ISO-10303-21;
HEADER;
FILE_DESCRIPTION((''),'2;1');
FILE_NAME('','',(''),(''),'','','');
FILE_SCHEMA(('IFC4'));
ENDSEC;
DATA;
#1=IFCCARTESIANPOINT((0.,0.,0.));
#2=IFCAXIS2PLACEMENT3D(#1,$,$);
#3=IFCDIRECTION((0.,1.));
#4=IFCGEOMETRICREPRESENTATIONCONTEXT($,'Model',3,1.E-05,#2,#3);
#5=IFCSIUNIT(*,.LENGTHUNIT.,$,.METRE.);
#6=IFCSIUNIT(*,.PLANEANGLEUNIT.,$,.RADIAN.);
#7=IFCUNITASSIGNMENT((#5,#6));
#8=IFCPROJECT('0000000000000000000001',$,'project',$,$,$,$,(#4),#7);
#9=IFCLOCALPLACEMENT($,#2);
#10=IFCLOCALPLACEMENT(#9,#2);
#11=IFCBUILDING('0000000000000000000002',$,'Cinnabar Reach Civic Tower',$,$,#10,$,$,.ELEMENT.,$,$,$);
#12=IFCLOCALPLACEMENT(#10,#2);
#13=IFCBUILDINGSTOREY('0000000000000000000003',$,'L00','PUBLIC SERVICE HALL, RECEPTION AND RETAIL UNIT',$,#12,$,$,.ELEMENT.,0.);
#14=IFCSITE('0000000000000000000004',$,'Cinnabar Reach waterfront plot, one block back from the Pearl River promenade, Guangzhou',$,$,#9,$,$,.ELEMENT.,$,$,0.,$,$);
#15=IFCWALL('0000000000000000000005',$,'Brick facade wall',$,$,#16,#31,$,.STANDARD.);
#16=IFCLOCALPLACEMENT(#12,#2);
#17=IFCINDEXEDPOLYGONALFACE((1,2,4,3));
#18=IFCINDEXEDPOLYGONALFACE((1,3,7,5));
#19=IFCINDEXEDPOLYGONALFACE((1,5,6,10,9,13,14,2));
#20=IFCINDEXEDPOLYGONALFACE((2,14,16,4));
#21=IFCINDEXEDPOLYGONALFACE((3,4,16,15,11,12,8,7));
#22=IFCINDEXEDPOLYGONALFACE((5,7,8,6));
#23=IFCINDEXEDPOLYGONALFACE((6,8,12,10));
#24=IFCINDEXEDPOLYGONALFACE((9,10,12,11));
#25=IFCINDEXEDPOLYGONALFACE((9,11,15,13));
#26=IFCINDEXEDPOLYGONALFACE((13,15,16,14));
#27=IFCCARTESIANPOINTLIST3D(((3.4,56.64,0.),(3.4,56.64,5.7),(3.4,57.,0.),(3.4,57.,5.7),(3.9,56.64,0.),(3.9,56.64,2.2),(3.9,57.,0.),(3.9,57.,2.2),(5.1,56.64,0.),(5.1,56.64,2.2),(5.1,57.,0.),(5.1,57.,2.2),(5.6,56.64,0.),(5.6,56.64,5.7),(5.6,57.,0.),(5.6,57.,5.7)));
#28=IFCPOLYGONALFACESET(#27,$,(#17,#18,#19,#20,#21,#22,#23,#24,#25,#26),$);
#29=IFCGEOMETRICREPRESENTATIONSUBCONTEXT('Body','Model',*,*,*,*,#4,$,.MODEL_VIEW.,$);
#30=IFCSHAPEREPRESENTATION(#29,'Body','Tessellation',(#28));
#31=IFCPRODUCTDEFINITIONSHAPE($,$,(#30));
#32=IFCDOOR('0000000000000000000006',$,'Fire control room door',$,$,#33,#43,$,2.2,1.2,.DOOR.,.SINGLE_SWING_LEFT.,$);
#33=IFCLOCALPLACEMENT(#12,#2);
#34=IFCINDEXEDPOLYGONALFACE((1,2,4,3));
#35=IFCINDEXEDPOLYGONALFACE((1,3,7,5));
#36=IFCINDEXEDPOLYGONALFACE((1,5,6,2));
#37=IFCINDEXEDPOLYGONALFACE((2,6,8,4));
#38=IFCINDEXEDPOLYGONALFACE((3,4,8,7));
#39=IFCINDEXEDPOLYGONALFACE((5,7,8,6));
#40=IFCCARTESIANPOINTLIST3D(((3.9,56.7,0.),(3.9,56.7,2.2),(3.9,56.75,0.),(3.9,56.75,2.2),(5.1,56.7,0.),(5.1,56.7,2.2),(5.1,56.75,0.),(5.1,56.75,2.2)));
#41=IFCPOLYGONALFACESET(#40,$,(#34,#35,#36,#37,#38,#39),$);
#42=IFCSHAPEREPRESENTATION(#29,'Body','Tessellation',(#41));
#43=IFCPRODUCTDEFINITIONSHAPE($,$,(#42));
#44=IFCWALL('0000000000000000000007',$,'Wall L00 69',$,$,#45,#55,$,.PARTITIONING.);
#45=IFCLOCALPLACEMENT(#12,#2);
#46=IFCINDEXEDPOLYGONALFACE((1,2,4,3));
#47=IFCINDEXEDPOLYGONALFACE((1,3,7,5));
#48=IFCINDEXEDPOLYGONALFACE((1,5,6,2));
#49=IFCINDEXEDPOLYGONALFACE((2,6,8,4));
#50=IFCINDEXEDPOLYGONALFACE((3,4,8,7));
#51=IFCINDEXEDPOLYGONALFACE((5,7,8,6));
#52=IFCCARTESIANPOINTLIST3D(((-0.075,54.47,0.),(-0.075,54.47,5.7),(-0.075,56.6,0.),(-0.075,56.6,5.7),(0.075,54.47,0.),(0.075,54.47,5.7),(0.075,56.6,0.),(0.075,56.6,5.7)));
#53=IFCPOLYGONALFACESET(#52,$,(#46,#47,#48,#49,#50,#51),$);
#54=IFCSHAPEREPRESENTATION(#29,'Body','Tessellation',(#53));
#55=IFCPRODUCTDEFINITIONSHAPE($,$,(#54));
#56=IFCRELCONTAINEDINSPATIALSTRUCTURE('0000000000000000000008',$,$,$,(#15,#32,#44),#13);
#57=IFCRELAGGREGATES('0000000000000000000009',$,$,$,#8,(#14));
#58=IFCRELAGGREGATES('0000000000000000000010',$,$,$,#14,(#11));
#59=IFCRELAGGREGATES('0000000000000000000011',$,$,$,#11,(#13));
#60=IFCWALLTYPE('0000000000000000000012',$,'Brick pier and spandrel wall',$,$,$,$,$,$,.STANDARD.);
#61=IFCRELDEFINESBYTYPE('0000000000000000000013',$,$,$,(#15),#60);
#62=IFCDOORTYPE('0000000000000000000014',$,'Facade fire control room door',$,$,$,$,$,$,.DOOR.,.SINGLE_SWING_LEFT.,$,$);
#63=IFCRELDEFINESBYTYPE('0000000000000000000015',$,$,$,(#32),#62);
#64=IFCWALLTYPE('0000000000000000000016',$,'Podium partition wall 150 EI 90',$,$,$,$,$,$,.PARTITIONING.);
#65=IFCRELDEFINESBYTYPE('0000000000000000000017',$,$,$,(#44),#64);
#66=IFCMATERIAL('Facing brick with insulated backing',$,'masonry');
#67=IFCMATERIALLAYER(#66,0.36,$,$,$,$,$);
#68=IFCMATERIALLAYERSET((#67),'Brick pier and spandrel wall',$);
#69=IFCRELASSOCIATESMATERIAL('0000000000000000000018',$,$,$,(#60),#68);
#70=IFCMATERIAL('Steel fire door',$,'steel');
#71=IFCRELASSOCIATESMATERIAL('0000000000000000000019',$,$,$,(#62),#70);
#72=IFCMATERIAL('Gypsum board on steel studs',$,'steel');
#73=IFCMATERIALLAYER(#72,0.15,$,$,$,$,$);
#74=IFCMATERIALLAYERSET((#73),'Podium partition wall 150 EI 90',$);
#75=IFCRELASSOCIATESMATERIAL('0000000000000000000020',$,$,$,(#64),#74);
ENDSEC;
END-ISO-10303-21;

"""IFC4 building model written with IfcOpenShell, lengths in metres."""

from ifc_helpers import new_model, si_unit, direction, frame, frame_2d, origin, place, context, subcontext, project, spatial, rectangle, extrude, material, layer, layer_set, type_object, element, fill, save


model = new_model("IFC4")

# Units and contexts
model_context = context("Model", 3, precision=1e-05, world=origin(), true_north=direction((0.0, 1.0)))
body_context = subcontext(model_context, "Body", "Model", "MODEL_VIEW")
ifc_project = project(units=[si_unit("LENGTHUNIT", "METRE"), si_unit("PLANEANGLEUNIT", "RADIAN")], contexts=[model_context])

# Site, building, storey
site_placement = place(None, origin())
site = spatial("IfcSite", under=ifc_project, at=site_placement, Name="Cinnabar Reach waterfront plot, one block back from the Pearl River promenade, Guangzhou", CompositionType="ELEMENT", RefElevation=0.0)
building_placement = place(site_placement, origin())
building = spatial("IfcBuilding", under=site, at=building_placement, Name="Cinnabar Reach Civic Tower", CompositionType="ELEMENT")
storey_placement = place(building_placement, origin())
storey = spatial("IfcBuildingStorey", under=building, at=storey_placement, Name="L00", Description="PUBLIC SERVICE HALL, RECEPTION AND RETAIL UNIT", CompositionType="ELEMENT", Elevation=0.0)

# Wall, opening, door
ifc_material_1 = material(Name="Facing brick with insulated backing", Category="masonry")
ifc_layer_1 = layer(ifc_material_1, 0.36)
ifc_layer_set_1 = layer_set([ifc_layer_1], Name="Brick pier and spandrel wall")
wall_type_1 = type_object("IfcWallType", Name="Brick pier and spandrel wall", PredefinedType="STANDARD", material=ifc_layer_set_1)
wall_1_placement = place(storey_placement, frame((5.6, 56.82, 0.0), z_axis=(0.0, 0.0, 1.0), x_axis=(-1.0, 0.0, 0.0)))
wall_1 = element("IfcWall", 1, at=wall_1_placement, inside=storey, type_object=wall_type_1, Name="Brick facade wall", PredefinedType="STANDARD", context=body_context, shape_type="SweptSolid", body=[
    extrude(rectangle(XDim=2.2, YDim=0.36, at=frame_2d((1.1, 0.0))), origin(), (0.0, 0.0, 1.0), 5.7),
])
opening_1_placement = place(wall_1_placement, frame((0.5, 0.0, 0.0)))
opening_1 = element("IfcOpeningElement", 2, at=opening_1_placement, cuts=wall_1, PredefinedType="OPENING", context=body_context, shape_type="SweptSolid", body=[
    extrude(rectangle(XDim=1.2, YDim=2.2, at=frame_2d((0.6, 1.1))), frame((0.0, 0.19, 0.0), z_axis=(0.0, -1.0, 0.0), x_axis=(1.0, 0.0, 0.0)), (0.0, 0.0, 1.0), 0.38),
])
ifc_material_2 = material(Name="Steel fire door", Category="steel")
door_type_1 = type_object("IfcDoorType", Name="Facade fire control room door", OperationType="SINGLE_SWING_LEFT", PredefinedType="DOOR", material=ifc_material_2)
door_1_placement = place(opening_1_placement, frame((1.2, 0.0, 0.0), z_axis=(0.0, 0.0, 1.0), x_axis=(-1.0, 0.0, 0.0)))
door_1 = element("IfcDoor", 3, at=door_1_placement, inside=storey, type_object=door_type_1, Name="Fire control room door", OperationType="SINGLE_SWING_LEFT", OverallHeight=2.2, OverallWidth=1.2, PredefinedType="DOOR", context=body_context, shape_type="SweptSolid", body=[
    extrude(rectangle(XDim=1.2, YDim=2.2, at=frame_2d((0.6, 1.1))), frame((0.0, -0.07, 0.0), z_axis=(0.0, -1.0, 0.0), x_axis=(1.0, 0.0, 0.0)), (0.0, 0.0, 1.0), 0.05),
])
fill(opening_1, door_1)

# Wall
ifc_material_3 = material(Name="Gypsum board on steel studs", Category="steel")
ifc_layer_2 = layer(ifc_material_3, 0.15)
ifc_layer_set_2 = layer_set([ifc_layer_2], Name="Podium partition wall 150 EI 90")
wall_type_2 = type_object("IfcWallType", Name="Podium partition wall 150 EI 90", PredefinedType="PARTITIONING", material=ifc_layer_set_2)
wall_2_placement = place(storey_placement, frame((0.0, 54.47, 0.0), z_axis=(0.0, 0.0, 1.0), x_axis=(0.0, 1.0, 0.0)))
element("IfcWall", 4, at=wall_2_placement, inside=storey, type_object=wall_type_2, Name="Wall L00 69", PredefinedType="PARTITIONING", context=body_context, shape_type="SweptSolid", body=[
    extrude(rectangle(XDim=2.13, YDim=0.15, at=frame_2d((1.065, 0.0))), origin(), (0.0, 0.0, 1.0), 5.7),
])

save(model, "model.ifc")
